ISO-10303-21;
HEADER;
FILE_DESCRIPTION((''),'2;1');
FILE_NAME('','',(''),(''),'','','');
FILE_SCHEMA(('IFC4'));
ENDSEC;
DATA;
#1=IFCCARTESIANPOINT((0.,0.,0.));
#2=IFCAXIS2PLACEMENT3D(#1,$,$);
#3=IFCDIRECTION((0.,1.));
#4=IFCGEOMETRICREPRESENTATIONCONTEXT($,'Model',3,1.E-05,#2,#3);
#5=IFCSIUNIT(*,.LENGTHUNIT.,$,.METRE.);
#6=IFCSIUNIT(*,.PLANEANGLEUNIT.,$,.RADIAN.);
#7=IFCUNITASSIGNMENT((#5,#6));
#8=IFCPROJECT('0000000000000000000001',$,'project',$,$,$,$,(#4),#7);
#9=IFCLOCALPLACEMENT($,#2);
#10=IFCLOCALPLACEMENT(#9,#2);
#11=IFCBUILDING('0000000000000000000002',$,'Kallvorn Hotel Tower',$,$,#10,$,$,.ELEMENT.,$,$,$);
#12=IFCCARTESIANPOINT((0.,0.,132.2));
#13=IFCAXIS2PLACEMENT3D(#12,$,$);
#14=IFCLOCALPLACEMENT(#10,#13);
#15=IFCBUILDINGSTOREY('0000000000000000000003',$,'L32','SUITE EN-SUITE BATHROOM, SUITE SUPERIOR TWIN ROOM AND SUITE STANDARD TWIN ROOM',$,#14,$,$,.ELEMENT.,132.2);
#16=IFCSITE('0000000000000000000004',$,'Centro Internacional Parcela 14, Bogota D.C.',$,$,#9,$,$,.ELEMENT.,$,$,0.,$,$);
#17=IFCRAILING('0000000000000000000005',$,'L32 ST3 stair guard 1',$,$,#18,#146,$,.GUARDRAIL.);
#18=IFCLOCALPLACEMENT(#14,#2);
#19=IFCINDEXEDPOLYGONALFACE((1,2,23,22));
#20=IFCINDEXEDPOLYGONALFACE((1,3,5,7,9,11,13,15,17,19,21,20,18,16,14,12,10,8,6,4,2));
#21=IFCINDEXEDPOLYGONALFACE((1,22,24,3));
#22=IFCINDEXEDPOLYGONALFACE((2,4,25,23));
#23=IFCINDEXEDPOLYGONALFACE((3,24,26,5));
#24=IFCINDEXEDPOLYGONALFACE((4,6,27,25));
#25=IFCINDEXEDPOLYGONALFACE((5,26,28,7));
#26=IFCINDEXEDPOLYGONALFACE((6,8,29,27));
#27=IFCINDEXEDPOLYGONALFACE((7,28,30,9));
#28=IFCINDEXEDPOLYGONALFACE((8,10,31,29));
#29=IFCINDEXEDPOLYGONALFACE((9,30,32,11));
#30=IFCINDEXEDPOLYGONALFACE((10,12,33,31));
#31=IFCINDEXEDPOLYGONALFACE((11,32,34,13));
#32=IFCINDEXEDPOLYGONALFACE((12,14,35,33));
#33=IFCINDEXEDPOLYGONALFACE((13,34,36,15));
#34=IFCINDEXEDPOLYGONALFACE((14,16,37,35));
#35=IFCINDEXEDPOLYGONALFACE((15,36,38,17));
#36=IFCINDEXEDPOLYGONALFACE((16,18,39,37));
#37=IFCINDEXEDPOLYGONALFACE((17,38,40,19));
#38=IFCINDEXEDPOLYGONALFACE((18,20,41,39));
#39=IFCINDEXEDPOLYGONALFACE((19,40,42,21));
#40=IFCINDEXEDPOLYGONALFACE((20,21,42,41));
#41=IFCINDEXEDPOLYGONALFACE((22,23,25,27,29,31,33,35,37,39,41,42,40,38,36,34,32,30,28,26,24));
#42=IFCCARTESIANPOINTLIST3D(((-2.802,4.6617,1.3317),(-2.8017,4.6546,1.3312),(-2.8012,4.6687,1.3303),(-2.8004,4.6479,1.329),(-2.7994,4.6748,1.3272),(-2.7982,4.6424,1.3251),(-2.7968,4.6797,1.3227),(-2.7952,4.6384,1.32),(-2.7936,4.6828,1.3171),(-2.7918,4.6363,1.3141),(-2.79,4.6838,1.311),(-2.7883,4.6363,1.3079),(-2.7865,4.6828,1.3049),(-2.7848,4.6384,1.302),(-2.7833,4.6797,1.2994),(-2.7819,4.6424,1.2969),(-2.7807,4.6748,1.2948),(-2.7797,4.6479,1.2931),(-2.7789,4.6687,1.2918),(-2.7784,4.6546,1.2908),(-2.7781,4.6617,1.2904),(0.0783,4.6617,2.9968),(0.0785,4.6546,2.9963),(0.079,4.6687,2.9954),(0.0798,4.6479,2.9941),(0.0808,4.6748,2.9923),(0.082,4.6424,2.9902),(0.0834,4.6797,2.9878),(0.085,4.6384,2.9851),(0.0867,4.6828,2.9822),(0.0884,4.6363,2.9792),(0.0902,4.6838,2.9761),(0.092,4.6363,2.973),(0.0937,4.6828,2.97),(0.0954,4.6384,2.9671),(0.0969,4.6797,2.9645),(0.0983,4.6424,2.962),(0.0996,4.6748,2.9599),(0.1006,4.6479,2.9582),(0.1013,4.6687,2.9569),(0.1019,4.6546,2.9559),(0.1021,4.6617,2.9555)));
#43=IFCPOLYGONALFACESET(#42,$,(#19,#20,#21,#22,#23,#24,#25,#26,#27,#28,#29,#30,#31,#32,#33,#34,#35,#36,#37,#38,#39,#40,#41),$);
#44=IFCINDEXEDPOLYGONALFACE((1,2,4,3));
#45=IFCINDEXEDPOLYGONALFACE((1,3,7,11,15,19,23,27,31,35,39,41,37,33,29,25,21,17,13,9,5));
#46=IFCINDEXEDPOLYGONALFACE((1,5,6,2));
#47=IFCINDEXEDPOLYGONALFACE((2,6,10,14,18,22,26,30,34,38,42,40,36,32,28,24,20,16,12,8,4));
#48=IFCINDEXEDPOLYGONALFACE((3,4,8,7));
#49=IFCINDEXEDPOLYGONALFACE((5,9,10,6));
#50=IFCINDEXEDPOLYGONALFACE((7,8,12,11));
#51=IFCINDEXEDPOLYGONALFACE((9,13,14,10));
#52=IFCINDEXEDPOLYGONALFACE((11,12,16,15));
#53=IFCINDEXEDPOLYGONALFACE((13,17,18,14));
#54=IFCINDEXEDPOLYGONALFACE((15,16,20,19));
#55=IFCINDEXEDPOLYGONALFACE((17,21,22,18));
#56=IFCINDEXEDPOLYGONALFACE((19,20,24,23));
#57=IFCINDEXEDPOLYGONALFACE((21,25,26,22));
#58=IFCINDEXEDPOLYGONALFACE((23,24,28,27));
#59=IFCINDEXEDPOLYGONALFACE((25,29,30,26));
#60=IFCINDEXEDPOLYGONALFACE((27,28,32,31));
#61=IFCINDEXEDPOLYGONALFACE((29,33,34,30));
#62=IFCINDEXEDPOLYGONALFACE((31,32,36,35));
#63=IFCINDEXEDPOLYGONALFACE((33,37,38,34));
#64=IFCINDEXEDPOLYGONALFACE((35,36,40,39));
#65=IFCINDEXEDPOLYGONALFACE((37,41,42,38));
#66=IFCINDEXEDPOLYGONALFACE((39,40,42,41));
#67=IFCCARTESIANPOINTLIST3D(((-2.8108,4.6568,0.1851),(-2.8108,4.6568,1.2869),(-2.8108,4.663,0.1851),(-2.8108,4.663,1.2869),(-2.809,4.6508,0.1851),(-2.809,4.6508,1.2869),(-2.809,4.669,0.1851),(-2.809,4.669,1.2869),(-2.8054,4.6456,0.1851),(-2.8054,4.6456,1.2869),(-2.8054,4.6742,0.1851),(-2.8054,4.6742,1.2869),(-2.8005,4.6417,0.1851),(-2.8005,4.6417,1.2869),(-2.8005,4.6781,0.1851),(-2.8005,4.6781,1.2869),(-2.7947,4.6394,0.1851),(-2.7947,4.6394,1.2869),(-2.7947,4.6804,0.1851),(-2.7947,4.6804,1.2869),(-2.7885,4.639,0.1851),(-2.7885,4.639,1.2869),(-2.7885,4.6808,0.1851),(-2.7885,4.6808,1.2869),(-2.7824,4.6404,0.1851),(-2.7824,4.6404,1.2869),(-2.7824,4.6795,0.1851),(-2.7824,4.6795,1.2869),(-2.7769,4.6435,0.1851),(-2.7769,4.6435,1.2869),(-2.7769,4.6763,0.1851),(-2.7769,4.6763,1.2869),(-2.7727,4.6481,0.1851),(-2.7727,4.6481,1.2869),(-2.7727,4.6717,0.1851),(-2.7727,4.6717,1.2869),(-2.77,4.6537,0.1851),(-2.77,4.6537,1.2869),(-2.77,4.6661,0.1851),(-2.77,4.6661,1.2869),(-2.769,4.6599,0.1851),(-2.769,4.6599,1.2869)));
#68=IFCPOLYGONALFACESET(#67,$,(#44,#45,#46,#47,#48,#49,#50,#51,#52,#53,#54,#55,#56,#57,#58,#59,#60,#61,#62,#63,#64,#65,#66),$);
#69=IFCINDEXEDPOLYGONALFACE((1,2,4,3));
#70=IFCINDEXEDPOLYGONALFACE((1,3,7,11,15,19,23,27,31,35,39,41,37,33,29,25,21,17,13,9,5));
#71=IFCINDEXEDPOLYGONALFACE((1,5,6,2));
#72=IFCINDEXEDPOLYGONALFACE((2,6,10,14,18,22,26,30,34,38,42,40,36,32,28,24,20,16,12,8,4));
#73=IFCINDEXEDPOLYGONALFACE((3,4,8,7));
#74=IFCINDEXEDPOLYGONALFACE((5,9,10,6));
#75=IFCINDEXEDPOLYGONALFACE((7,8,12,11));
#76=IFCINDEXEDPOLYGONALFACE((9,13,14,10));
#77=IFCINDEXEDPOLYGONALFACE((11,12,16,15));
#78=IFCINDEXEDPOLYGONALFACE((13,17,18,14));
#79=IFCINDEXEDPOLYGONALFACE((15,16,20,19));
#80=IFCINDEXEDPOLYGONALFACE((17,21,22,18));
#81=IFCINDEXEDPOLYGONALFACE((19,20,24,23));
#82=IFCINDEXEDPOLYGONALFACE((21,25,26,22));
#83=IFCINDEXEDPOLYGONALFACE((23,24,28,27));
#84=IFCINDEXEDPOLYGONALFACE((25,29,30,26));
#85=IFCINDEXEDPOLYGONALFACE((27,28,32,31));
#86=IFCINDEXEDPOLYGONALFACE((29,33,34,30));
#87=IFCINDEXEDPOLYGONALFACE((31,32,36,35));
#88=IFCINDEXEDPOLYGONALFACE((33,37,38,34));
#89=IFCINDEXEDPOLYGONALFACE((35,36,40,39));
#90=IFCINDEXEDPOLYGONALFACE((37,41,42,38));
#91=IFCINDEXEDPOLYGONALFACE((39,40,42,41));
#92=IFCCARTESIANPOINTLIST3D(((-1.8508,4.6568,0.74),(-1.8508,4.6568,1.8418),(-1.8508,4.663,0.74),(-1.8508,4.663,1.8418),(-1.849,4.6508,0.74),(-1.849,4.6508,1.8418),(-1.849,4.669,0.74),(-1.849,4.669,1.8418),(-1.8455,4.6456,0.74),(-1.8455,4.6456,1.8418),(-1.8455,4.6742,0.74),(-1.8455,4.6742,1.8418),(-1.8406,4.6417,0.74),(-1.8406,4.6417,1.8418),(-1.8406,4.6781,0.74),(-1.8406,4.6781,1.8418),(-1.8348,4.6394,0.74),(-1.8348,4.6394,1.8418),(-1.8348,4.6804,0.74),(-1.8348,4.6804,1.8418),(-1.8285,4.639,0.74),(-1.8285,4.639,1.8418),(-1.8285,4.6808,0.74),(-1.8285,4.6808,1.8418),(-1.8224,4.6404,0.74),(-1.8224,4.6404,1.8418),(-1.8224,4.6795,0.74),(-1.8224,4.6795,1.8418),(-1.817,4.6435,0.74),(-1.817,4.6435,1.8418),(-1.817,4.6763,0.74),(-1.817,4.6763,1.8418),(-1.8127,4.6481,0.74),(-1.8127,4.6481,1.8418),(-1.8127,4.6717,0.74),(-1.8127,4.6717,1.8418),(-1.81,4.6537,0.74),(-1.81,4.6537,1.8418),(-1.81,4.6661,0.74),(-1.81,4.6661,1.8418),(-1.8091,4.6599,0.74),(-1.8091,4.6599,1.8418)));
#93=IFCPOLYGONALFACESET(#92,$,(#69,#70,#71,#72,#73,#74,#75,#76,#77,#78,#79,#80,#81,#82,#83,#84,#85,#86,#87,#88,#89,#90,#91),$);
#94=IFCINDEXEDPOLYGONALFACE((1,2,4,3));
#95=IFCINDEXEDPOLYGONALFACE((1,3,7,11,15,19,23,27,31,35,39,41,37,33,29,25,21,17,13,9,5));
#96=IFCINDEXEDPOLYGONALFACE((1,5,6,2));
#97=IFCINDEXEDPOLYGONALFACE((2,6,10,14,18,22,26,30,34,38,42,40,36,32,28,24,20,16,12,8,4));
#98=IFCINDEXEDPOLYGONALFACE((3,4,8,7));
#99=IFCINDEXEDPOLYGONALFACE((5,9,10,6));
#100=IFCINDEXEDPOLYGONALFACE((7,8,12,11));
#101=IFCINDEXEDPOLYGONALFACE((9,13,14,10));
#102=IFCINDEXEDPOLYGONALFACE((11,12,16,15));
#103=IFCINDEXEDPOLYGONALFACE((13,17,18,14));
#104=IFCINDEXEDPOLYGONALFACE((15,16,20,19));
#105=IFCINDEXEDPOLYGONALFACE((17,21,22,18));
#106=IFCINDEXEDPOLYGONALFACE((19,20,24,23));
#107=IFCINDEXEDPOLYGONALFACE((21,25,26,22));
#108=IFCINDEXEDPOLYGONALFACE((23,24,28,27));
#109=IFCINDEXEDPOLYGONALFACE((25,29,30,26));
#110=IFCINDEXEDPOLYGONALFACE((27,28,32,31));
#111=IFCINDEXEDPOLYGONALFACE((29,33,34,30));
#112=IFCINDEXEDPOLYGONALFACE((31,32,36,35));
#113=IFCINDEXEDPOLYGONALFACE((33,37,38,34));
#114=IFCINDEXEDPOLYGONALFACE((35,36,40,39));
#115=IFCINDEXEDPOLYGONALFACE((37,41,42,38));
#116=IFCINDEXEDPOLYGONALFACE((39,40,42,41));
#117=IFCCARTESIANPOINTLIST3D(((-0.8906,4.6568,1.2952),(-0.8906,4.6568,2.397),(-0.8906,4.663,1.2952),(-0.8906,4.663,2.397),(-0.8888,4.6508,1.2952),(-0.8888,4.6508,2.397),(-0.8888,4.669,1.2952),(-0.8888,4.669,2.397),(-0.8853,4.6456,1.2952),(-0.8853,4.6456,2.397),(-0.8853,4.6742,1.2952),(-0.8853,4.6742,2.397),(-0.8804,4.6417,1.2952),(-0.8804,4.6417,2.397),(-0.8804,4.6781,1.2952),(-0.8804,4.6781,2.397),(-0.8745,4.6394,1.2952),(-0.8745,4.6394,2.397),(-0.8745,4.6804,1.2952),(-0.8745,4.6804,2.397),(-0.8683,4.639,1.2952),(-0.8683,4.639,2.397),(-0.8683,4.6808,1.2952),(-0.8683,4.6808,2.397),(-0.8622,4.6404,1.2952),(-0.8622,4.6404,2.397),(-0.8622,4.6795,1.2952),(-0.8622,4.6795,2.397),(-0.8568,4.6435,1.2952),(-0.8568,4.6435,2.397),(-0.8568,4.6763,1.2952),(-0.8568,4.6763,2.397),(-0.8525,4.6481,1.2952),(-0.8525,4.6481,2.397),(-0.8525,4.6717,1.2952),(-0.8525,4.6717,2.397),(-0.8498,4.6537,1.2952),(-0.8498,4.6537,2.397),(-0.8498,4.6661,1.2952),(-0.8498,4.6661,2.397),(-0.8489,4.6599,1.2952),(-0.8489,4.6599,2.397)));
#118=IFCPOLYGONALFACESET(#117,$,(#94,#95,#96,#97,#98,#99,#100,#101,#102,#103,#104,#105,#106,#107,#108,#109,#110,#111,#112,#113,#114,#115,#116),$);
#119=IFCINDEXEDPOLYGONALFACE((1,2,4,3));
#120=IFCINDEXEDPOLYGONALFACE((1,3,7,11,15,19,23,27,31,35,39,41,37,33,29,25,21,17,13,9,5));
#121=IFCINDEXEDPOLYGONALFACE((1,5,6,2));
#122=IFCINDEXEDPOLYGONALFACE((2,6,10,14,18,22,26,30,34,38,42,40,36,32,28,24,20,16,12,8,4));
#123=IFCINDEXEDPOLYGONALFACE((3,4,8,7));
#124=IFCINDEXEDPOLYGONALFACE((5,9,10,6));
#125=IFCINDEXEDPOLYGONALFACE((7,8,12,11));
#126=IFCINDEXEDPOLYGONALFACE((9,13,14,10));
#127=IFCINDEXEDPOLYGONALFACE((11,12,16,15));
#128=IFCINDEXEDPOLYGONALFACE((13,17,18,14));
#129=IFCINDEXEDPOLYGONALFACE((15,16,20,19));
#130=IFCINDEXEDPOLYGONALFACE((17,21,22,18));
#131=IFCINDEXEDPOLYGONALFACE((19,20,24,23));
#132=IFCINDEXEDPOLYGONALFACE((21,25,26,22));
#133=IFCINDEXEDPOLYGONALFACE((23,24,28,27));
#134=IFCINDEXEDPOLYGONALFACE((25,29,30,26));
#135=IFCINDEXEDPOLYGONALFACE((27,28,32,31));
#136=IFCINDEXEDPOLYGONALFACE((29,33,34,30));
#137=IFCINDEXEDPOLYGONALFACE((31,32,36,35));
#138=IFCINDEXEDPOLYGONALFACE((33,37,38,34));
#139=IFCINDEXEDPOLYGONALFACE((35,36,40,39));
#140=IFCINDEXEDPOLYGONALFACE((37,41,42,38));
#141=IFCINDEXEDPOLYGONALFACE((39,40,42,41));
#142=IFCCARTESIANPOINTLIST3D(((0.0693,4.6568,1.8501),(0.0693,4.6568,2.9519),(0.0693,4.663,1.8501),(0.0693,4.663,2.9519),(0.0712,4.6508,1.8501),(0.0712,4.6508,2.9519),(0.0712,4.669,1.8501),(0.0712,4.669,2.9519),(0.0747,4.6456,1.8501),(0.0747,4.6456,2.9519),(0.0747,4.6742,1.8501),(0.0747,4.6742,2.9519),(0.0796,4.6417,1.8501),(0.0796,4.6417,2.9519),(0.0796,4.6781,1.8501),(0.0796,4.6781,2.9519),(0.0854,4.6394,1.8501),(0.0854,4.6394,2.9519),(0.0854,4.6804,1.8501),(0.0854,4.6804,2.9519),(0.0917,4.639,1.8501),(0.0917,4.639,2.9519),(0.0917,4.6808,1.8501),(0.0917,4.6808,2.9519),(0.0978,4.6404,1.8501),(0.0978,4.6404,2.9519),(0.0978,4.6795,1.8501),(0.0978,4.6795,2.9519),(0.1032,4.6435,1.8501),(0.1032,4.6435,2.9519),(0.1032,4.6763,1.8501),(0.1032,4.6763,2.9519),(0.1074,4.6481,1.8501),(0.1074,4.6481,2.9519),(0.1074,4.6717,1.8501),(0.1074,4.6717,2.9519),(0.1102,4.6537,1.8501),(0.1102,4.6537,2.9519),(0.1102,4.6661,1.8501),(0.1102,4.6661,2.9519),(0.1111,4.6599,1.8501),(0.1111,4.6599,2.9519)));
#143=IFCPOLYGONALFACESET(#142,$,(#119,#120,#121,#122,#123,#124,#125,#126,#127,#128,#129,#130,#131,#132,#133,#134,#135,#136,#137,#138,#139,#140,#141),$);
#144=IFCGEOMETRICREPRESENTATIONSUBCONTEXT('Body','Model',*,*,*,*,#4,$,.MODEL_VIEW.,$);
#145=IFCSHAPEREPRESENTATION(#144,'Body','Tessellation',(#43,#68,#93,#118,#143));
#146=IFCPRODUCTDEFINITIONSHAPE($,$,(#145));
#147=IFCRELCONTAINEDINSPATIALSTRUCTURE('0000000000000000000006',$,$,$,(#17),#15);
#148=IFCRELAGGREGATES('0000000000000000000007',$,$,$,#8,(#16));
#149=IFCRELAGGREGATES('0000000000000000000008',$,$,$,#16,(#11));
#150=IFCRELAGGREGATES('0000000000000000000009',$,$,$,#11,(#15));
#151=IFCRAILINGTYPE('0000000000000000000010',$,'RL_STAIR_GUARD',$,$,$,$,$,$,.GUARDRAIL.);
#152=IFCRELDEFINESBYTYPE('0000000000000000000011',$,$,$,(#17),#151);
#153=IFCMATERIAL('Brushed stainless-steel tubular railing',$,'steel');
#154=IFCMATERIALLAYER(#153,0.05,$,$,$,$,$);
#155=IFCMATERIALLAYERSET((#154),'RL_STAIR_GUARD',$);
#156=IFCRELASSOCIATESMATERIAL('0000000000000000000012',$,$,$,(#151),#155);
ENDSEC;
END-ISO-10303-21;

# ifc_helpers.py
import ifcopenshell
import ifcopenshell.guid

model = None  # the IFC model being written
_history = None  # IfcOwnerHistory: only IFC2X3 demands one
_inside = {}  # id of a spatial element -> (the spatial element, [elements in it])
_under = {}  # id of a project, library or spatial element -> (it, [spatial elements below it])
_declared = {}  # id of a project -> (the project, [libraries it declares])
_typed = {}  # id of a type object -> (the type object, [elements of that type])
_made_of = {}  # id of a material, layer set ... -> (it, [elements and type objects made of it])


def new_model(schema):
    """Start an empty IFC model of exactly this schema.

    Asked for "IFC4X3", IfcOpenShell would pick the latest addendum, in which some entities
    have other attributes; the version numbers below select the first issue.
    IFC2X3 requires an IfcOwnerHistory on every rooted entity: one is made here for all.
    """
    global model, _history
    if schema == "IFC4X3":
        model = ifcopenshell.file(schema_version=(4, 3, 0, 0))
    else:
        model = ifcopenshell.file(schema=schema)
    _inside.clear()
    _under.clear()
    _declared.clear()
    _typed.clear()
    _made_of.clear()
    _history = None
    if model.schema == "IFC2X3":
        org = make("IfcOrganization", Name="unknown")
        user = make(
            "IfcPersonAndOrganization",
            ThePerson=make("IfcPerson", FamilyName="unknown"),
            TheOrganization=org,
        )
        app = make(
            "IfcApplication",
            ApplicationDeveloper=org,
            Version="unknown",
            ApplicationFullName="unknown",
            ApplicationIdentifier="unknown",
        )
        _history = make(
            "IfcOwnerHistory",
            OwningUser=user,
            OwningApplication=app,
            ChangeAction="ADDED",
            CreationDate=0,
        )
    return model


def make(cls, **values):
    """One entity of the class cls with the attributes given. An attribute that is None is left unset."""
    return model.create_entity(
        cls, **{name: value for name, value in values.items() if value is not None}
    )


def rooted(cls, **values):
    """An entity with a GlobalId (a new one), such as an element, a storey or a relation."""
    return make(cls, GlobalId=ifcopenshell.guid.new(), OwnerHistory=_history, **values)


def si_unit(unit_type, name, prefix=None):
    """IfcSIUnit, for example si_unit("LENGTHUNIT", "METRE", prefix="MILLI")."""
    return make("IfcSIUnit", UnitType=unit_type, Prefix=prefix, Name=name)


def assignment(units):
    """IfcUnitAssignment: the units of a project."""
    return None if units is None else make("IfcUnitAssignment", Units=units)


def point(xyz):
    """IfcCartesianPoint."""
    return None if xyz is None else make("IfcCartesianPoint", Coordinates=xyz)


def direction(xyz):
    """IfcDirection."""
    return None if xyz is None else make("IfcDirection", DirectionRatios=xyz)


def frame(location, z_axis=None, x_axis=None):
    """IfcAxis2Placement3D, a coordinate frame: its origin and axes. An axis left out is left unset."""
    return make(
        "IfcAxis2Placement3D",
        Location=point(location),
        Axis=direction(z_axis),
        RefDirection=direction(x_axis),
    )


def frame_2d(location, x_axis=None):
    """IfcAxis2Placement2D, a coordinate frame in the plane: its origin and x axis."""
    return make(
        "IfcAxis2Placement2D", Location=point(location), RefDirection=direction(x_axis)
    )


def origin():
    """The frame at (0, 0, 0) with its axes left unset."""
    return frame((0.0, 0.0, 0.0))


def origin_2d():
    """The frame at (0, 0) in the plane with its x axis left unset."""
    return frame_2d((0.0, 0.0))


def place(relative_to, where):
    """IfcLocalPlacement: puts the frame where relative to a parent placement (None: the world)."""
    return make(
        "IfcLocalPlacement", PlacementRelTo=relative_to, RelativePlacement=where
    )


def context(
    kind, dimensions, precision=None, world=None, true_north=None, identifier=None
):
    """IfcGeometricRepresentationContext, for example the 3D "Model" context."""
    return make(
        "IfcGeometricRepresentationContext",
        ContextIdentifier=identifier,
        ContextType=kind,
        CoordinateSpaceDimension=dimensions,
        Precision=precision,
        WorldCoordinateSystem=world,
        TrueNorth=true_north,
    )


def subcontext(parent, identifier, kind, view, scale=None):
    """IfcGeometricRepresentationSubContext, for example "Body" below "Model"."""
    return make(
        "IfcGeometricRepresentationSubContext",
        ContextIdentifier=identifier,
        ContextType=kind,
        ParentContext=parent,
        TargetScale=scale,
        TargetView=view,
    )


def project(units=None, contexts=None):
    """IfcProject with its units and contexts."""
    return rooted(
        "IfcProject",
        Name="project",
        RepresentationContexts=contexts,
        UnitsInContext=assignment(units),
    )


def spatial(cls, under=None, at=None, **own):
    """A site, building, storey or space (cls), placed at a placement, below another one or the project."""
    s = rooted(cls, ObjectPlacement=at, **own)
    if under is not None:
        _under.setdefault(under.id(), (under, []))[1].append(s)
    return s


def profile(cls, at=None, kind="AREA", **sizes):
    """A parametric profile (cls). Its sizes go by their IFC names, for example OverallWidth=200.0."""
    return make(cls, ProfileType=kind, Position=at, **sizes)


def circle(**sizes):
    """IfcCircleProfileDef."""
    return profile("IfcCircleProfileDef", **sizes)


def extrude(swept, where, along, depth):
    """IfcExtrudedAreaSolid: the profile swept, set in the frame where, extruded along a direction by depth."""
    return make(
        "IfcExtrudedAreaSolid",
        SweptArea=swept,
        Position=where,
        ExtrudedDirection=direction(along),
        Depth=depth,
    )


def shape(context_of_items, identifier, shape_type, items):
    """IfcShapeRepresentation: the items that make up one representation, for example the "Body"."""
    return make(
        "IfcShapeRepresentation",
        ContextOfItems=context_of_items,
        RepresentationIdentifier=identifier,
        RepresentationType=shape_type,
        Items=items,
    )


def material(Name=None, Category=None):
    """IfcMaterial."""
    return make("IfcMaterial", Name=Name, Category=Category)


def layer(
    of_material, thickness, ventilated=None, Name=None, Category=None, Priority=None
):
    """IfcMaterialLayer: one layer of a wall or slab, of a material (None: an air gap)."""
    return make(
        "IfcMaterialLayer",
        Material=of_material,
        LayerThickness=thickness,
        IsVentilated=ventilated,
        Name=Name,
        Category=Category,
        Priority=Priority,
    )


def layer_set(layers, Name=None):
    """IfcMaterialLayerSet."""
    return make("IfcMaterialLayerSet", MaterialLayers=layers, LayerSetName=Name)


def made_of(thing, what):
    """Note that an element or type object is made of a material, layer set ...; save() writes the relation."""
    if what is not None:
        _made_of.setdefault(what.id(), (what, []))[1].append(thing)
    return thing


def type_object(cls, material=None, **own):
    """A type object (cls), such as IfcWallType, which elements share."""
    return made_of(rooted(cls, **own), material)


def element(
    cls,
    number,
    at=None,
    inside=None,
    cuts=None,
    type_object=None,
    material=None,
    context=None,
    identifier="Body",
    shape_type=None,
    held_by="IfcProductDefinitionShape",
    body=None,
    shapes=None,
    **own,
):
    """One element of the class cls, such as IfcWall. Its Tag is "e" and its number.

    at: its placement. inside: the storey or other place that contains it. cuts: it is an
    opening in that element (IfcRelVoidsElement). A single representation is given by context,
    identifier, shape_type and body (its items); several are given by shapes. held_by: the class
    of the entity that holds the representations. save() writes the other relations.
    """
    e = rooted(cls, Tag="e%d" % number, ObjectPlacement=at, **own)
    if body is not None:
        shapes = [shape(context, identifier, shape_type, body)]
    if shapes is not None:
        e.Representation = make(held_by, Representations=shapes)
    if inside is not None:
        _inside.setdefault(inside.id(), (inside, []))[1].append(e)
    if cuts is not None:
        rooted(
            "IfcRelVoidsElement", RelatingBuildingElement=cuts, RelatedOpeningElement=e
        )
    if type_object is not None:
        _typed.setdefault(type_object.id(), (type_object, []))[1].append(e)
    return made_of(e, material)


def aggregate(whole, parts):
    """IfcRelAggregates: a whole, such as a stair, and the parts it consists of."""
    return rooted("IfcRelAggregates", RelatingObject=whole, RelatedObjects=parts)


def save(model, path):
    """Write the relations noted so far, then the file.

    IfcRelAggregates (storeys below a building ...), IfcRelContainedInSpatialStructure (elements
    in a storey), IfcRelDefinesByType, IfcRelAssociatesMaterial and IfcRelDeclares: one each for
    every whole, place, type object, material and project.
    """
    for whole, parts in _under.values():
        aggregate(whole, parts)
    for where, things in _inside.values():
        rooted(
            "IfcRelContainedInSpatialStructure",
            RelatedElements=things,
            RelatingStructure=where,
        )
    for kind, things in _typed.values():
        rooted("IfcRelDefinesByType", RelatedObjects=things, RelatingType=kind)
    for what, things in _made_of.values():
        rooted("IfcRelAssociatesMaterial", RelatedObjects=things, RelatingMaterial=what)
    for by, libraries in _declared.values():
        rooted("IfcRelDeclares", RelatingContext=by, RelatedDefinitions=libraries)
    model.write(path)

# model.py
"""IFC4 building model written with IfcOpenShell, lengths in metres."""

from ifc_helpers import new_model, si_unit, direction, frame, origin, origin_2d, place, context, subcontext, project, spatial, circle, extrude, material, layer, layer_set, type_object, element, save


model = new_model("IFC4")

# Units and contexts
model_context = context("Model", 3, precision=1e-05, world=origin(), true_north=direction((0.0, 1.0)))
body_context = subcontext(model_context, "Body", "Model", "MODEL_VIEW")
ifc_project = project(units=[si_unit("LENGTHUNIT", "METRE"), si_unit("PLANEANGLEUNIT", "RADIAN")], contexts=[model_context])

# Site, building, storey
site_placement = place(None, origin())
site = spatial("IfcSite", under=ifc_project, at=site_placement, Name="Centro Internacional Parcela 14, Bogota D.C.", CompositionType="ELEMENT", RefElevation=0.0)
building_placement = place(site_placement, origin())
building = spatial("IfcBuilding", under=site, at=building_placement, Name="Kallvorn Hotel Tower", CompositionType="ELEMENT")
storey_placement = place(building_placement, frame((0.0, 0.0, 132.2)))
storey = spatial("IfcBuildingStorey", under=building, at=storey_placement, Name="L32", Description="SUITE EN-SUITE BATHROOM, SUITE SUPERIOR TWIN ROOM AND SUITE STANDARD TWIN ROOM", CompositionType="ELEMENT", Elevation=132.2)

# Railing
ifc_material_1 = material(Name="Brushed stainless-steel tubular railing", Category="steel")
ifc_layer_1 = layer(ifc_material_1, 0.05)
ifc_layer_set_1 = layer_set([ifc_layer_1], Name="RL_STAIR_GUARD")
railing_type_1 = type_object("IfcRailingType", Name="RL_STAIR_GUARD", PredefinedType="GUARDRAIL", material=ifc_layer_set_1)
railing_1_placement = place(storey_placement, frame((-2.79, 4.6599, 0.1851)))
element("IfcRailing", 1, at=railing_1_placement, inside=storey, type_object=railing_type_1, Name="L32 ST3 stair guard 1", PredefinedType="GUARDRAIL", context=body_context, shape_type="SweptSolid", body=[
    extrude(circle(Radius=0.0239, at=origin_2d()), frame((0.0, 0.0, 1.126), z_axis=(0.865739, 0.0, 0.500495), x_axis=(0.0, 1.0, 0.0)), (0.0, 0.0, 1.0), 3.3269),
    extrude(circle(Radius=0.021, at=origin_2d()), origin(), (0.0, 0.0, 1.0), 1.1018),
    extrude(circle(Radius=0.021, at=origin_2d()), frame((0.96, 0.0, 0.5549)), (0.0, 0.0, 1.0), 1.1018),
    extrude(circle(Radius=0.021, at=origin_2d()), frame((1.9202, 0.0, 1.1101)), (0.0, 0.0, 1.0), 1.1018),
    extrude(circle(Radius=0.021, at=origin_2d()), frame((2.8801, 0.0, 1.665)), (0.0, 0.0, 1.0), 1.1018),
])

save(model, "model.ifc")
